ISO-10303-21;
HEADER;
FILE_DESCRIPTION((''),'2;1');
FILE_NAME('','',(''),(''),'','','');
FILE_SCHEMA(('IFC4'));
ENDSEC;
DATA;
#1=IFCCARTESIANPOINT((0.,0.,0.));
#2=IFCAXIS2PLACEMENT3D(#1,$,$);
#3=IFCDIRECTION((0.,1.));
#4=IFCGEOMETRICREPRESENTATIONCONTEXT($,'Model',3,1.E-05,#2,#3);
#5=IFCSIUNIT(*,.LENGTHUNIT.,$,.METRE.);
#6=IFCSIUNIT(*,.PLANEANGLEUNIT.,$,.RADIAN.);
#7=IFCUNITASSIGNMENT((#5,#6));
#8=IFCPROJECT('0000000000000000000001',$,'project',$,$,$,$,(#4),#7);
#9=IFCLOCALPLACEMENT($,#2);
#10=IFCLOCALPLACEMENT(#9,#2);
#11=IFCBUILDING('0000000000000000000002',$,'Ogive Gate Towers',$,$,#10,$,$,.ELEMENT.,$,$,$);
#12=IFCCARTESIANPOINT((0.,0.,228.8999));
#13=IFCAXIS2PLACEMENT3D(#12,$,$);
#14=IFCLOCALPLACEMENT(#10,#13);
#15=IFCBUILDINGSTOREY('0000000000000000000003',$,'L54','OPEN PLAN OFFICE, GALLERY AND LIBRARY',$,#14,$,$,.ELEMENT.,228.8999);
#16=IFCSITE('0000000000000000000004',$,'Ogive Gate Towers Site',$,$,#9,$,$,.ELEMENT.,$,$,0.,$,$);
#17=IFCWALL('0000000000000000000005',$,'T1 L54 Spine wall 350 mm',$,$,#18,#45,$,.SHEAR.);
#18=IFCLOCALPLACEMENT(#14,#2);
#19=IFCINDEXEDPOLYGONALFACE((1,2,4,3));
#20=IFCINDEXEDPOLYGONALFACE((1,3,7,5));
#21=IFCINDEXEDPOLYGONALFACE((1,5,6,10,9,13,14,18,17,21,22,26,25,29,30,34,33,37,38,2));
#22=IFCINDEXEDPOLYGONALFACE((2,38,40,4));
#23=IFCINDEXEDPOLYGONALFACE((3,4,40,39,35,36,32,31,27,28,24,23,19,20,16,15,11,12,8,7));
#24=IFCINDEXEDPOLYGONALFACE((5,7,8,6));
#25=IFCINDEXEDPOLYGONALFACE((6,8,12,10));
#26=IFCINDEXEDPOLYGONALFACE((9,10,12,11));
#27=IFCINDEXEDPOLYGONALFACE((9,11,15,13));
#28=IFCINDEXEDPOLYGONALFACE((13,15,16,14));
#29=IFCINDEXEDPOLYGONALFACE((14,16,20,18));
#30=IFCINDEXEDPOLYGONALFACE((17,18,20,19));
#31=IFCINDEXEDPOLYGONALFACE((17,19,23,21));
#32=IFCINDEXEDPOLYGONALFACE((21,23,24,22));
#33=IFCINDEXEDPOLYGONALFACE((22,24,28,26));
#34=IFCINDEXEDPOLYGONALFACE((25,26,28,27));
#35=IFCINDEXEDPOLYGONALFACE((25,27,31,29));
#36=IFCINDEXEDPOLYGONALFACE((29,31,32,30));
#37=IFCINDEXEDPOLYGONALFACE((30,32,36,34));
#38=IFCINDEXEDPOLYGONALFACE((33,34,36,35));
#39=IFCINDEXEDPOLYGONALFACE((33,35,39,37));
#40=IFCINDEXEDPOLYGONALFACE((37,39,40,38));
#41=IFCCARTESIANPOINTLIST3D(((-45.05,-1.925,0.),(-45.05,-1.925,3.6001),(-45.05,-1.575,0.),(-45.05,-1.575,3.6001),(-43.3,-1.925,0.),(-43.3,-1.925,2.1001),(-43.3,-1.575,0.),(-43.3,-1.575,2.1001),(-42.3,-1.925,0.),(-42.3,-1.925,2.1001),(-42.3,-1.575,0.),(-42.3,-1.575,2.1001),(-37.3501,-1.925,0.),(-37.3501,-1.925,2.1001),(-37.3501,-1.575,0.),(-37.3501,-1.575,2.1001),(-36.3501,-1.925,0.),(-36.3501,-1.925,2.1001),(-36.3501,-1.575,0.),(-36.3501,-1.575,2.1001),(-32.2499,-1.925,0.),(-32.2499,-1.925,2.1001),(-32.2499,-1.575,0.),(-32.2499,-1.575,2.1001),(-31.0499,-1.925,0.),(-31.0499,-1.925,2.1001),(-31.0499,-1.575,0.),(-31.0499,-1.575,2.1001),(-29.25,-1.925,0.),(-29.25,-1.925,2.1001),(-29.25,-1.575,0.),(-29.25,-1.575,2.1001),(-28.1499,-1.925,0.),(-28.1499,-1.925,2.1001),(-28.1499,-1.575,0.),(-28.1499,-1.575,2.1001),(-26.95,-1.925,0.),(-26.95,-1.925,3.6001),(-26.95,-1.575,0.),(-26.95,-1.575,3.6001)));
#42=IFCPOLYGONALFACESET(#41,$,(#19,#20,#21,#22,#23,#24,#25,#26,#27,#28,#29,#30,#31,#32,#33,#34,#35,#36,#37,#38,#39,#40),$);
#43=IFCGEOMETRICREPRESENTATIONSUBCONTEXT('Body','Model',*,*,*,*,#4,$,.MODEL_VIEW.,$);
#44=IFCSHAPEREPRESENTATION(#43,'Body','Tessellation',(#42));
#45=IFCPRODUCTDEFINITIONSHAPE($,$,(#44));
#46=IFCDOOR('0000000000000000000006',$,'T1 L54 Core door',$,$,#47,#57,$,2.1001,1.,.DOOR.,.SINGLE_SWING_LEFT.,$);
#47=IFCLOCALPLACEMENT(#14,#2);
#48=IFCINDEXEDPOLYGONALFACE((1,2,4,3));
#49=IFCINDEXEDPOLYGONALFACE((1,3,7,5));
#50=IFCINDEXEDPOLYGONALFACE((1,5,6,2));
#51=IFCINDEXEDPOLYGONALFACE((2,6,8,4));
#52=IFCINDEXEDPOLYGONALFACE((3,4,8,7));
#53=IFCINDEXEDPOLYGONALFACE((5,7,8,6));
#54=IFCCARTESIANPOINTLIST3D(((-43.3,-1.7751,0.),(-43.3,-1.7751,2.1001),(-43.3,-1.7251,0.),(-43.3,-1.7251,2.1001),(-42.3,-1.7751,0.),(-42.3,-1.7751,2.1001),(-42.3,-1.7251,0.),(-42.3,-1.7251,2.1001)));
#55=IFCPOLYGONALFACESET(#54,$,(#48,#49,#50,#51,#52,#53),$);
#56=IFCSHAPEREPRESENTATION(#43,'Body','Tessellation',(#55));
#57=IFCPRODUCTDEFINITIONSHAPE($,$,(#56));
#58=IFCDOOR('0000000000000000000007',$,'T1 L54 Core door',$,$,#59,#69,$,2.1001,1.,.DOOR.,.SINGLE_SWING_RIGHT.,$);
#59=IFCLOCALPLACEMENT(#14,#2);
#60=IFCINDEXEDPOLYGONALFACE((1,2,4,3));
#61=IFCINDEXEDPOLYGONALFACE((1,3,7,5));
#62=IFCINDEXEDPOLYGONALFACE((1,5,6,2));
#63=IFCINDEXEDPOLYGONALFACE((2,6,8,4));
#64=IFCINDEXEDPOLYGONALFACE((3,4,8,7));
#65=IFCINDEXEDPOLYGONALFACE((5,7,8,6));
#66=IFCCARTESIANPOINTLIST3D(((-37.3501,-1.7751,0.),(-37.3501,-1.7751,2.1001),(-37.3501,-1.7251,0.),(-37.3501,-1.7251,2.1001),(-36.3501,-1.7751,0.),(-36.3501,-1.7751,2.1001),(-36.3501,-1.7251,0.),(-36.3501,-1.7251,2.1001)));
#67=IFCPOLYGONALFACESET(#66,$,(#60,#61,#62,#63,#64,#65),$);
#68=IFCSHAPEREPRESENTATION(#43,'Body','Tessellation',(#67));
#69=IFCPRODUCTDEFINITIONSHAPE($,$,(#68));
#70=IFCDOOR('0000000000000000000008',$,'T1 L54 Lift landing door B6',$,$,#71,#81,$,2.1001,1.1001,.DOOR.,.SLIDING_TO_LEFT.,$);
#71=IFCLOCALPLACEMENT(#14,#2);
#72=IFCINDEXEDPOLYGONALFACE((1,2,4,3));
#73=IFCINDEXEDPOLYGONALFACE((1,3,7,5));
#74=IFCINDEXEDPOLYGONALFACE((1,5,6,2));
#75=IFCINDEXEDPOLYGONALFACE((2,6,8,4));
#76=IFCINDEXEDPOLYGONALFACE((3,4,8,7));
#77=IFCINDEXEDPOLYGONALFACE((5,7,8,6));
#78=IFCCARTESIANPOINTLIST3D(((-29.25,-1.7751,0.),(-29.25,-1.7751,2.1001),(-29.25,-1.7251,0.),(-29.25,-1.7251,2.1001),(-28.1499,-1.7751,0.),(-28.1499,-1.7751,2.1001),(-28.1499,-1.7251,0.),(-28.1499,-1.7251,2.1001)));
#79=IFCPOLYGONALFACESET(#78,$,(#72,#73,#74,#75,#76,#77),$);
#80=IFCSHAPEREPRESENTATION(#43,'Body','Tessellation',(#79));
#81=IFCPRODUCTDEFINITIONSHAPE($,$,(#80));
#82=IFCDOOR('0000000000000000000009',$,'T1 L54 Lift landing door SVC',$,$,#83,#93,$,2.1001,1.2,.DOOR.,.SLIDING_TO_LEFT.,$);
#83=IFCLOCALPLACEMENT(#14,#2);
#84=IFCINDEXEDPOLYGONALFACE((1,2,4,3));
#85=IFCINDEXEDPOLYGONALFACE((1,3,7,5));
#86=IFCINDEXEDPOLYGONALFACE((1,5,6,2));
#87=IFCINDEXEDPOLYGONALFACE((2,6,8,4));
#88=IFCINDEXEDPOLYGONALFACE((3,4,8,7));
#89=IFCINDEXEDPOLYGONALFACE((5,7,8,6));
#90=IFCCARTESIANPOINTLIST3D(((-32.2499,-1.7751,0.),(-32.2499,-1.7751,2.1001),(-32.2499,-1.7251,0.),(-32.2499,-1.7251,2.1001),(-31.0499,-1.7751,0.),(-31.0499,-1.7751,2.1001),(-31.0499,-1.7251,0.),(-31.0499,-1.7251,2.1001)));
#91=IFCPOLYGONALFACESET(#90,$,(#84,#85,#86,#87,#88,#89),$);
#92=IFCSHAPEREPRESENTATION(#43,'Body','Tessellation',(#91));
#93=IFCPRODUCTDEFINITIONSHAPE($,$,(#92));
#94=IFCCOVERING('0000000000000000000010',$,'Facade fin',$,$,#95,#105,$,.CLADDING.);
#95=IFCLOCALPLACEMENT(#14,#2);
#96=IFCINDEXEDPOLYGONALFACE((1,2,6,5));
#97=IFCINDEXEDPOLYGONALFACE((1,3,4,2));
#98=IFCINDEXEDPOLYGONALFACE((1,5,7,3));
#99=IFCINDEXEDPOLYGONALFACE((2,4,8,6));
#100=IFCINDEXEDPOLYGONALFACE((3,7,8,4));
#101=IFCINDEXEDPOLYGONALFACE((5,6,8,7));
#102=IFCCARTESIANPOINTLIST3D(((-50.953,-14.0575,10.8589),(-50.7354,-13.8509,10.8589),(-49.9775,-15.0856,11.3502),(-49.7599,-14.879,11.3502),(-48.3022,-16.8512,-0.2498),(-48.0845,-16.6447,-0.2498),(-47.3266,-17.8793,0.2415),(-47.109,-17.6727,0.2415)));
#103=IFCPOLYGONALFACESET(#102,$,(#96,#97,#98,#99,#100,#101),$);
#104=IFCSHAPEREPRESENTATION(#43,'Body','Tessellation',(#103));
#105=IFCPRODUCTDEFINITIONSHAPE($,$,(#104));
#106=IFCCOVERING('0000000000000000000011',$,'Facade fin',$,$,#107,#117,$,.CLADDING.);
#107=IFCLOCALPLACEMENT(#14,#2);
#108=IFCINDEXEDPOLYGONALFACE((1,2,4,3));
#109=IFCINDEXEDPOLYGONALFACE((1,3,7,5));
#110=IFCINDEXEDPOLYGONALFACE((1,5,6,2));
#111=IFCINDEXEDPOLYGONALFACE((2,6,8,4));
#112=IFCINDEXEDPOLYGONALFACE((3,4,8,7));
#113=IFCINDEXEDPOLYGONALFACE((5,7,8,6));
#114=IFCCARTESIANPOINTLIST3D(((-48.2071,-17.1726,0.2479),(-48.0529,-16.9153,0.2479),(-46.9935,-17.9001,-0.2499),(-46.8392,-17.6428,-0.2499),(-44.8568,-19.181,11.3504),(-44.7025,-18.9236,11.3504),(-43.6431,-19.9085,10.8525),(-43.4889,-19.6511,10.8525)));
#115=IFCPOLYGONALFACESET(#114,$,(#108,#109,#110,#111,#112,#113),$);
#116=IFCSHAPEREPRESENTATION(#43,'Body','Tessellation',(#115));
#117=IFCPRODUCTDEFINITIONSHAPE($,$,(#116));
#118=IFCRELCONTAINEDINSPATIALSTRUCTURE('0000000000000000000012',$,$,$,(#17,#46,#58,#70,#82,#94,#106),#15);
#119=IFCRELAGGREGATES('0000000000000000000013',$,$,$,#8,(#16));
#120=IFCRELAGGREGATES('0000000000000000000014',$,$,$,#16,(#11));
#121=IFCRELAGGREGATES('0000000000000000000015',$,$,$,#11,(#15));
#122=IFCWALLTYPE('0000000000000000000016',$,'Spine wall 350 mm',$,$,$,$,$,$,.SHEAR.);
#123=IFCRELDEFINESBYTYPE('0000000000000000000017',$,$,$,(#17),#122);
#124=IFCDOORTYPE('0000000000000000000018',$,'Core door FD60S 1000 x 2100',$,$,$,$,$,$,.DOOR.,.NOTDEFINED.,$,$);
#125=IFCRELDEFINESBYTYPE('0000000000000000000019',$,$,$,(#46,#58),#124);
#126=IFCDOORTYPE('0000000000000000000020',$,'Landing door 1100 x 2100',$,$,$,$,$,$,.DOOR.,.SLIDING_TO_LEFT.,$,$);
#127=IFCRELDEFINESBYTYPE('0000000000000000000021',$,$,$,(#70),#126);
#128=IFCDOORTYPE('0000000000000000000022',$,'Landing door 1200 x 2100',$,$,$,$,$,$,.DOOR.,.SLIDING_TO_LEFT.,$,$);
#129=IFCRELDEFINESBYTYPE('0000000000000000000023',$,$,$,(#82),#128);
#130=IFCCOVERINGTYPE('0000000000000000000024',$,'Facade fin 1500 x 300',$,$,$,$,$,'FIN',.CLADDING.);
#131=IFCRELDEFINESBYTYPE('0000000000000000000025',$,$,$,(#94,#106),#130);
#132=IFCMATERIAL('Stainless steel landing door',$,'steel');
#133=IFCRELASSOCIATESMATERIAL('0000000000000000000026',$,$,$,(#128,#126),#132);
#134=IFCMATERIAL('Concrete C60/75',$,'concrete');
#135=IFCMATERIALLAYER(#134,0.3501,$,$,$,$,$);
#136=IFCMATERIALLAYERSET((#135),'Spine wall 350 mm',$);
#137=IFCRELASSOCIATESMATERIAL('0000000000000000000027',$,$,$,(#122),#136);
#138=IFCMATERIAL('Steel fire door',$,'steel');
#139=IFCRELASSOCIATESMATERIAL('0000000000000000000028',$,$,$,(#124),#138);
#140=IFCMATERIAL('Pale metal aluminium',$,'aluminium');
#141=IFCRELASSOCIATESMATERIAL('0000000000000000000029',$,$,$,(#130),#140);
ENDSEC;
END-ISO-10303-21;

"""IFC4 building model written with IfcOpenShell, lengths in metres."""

from ifc_helpers import new_model, si_unit, direction, frame, frame_2d, origin, origin_2d, place, context, subcontext, project, spatial, rectangle, extrude, material, layer, layer_set, material_profile, profile_set, type_object, element, fill, save


model = new_model("IFC4")

# Units and contexts
model_context = context("Model", 3, precision=1e-05, world=origin(), true_north=direction((0.0, 1.0)))
body_context = subcontext(model_context, "Body", "Model", "MODEL_VIEW")
ifc_project = project(units=[si_unit("LENGTHUNIT", "METRE"), si_unit("PLANEANGLEUNIT", "RADIAN")], contexts=[model_context])

# Site, building, storey
site_placement = place(None, origin())
site = spatial("IfcSite", under=ifc_project, at=site_placement, Name="Ogive Gate Towers Site", CompositionType="ELEMENT", RefElevation=0.0)
building_placement = place(site_placement, origin())
building = spatial("IfcBuilding", under=site, at=building_placement, Name="Ogive Gate Towers", CompositionType="ELEMENT")
storey_placement = place(building_placement, frame((0.0, 0.0, 228.8999)))
storey = spatial("IfcBuildingStorey", under=building, at=storey_placement, Name="L54", Description="OPEN PLAN OFFICE, GALLERY AND LIBRARY", CompositionType="ELEMENT", Elevation=228.8999)

# Shared definitions
ifc_material_1 = material(Name="Pale metal aluminium", Category="aluminium")

# Shared definitions
ifc_material_2 = material(Name="Concrete C60/75", Category="concrete")
ifc_material_3 = material(Name="Steel fire door", Category="steel")

# Shared definitions
ifc_material_4 = material(Name="Stainless steel landing door", Category="steel")
door_type_1 = type_object("IfcDoorType", Name="Landing door 1200 x 2100", OperationType="SLIDING_TO_LEFT", PredefinedType="DOOR", material=ifc_material_4)

# Wall, openings, doors
ifc_layer_1 = layer(ifc_material_2, 0.3501)
ifc_layer_set_1 = layer_set([ifc_layer_1], Name="Spine wall 350 mm")
wall_type_1 = type_object("IfcWallType", Name="Spine wall 350 mm", PredefinedType="SHEAR", material=ifc_layer_set_1)
wall_1_placement = place(storey_placement, frame((-45.05, -1.75, 0.0), z_axis=(0.0, 0.0, 1.0), x_axis=(1.0, 0.0, 0.0)))
wall_1 = element("IfcWall", 1, at=wall_1_placement, inside=storey, type_object=wall_type_1, Name="T1 L54 Spine wall 350 mm", PredefinedType="SHEAR", context=body_context, shape_type="SweptSolid", body=[
    extrude(rectangle(XDim=18.1001, YDim=0.3501, at=frame_2d((9.05, 0.0))), origin(), (0.0, 0.0, 1.0), 3.6001),
])
opening_1_placement = place(wall_1_placement, frame((12.8, 0.0, 0.0)))
opening_1 = element("IfcOpeningElement", 2, at=opening_1_placement, cuts=wall_1, PredefinedType="OPENING", context=body_context, shape_type="SweptSolid", body=[
    extrude(rectangle(XDim=1.2, YDim=2.1001, at=frame_2d((0.6001, 1.05))), frame((0.0, 0.1851, 0.0), z_axis=(0.0, -1.0, 0.0), x_axis=(1.0, 0.0, 0.0)), (0.0, 0.0, 1.0), 0.3701),
])
opening_2_placement = place(wall_1_placement, frame((15.8, 0.0, 0.0)))
opening_2 = element("IfcOpeningElement", 3, at=opening_2_placement, cuts=wall_1, PredefinedType="OPENING", context=body_context, shape_type="SweptSolid", body=[
    extrude(rectangle(XDim=1.1001, YDim=2.1001, at=frame_2d((0.55, 1.05))), frame((0.0, 0.1851, 0.0), z_axis=(0.0, -1.0, 0.0), x_axis=(1.0, 0.0, 0.0)), (0.0, 0.0, 1.0), 0.3701),
])
opening_3_placement = place(wall_1_placement, frame((1.75, 0.0, 0.0)))
opening_3 = element("IfcOpeningElement", 4, at=opening_3_placement, cuts=wall_1, PredefinedType="OPENING", context=body_context, shape_type="SweptSolid", body=[
    extrude(rectangle(XDim=1.0, YDim=2.1001, at=frame_2d((0.5, 1.05))), frame((0.0, 0.1851, 0.0), z_axis=(0.0, -1.0, 0.0), x_axis=(1.0, 0.0, 0.0)), (0.0, 0.0, 1.0), 0.3701),
])
opening_4_placement = place(wall_1_placement, frame((7.7, 0.0, 0.0)))
opening_4 = element("IfcOpeningElement", 5, at=opening_4_placement, cuts=wall_1, PredefinedType="OPENING", context=body_context, shape_type="SweptSolid", body=[
    extrude(rectangle(XDim=1.0, YDim=2.1001, at=frame_2d((0.5, 1.05))), frame((0.0, 0.1851, 0.0), z_axis=(0.0, -1.0, 0.0), x_axis=(1.0, 0.0, 0.0)), (0.0, 0.0, 1.0), 0.3701),
])
door_type_2 = type_object("IfcDoorType", Name="Core door FD60S 1000 x 2100", OperationType="NOTDEFINED", PredefinedType="DOOR", material=ifc_material_3)
door_1_placement = place(opening_3_placement, origin())
door_1 = element("IfcDoor", 6, at=door_1_placement, inside=storey, type_object=door_type_2, Name="T1 L54 Core door", OperationType="SINGLE_SWING_LEFT", OverallHeight=2.1001, OverallWidth=1.0, PredefinedType="DOOR", context=body_context, shape_type="SweptSolid", body=[
    extrude(rectangle(XDim=1.0, YDim=2.1001, at=frame_2d((0.5, 1.05))), frame((0.0, 0.0249, 0.0), z_axis=(0.0, -1.0, 0.0), x_axis=(1.0, 0.0, 0.0)), (0.0, 0.0, 1.0), 0.05),
])
fill(opening_3, door_1)
door_2_placement = place(opening_4_placement, origin())
door_2 = element("IfcDoor", 7, at=door_2_placement, inside=storey, type_object=door_type_2, Name="T1 L54 Core door", OperationType="SINGLE_SWING_RIGHT", OverallHeight=2.1001, OverallWidth=1.0, PredefinedType="DOOR", context=body_context, shape_type="SweptSolid", body=[
    extrude(rectangle(XDim=1.0, YDim=2.1001, at=frame_2d((0.5, 1.05))), frame((0.0, 0.0249, 0.0), z_axis=(0.0, -1.0, 0.0), x_axis=(1.0, 0.0, 0.0)), (0.0, 0.0, 1.0), 0.05),
])
fill(opening_4, door_2)
door_type_3 = type_object("IfcDoorType", Name="Landing door 1100 x 2100", OperationType="SLIDING_TO_LEFT", PredefinedType="DOOR", material=ifc_material_4)
door_3_placement = place(opening_2_placement, origin())
door_3 = element("IfcDoor", 8, at=door_3_placement, inside=storey, type_object=door_type_3, Name="T1 L54 Lift landing door B6", OperationType="SLIDING_TO_LEFT", OverallHeight=2.1001, OverallWidth=1.1001, PredefinedType="DOOR", context=body_context, shape_type="SweptSolid", body=[
    extrude(rectangle(XDim=1.1001, YDim=2.1001, at=frame_2d((0.55, 1.05))), frame((0.0, 0.0249, 0.0), z_axis=(0.0, -1.0, 0.0), x_axis=(1.0, 0.0, 0.0)), (0.0, 0.0, 1.0), 0.05),
])
fill(opening_2, door_3)
door_4_placement = place(opening_1_placement, origin())
door_4 = element("IfcDoor", 9, at=door_4_placement, inside=storey, type_object=door_type_1, Name="T1 L54 Lift landing door SVC", OperationType="SLIDING_TO_LEFT", OverallHeight=2.1001, OverallWidth=1.2, PredefinedType="DOOR", context=body_context, shape_type="SweptSolid", body=[
    extrude(rectangle(XDim=1.2, YDim=2.1001, at=frame_2d((0.6001, 1.05))), frame((0.0, 0.0249, 0.0), z_axis=(0.0, -1.0, 0.0), x_axis=(1.0, 0.0, 0.0)), (0.0, 0.0, 1.0), 0.05),
])
fill(opening_1, door_4)

# Coverings
ifc_material_profile_1 = material_profile(ifc_material_1, rectangle(XDim=0.3, YDim=1.5, at=origin_2d()), Name="1500 x 300 pale metal aluminium")
ifc_profile_set_1 = profile_set([ifc_material_profile_1], Name="Pale metal aluminium")
covering_type = type_object("IfcCoveringType", Name="Facade fin 1500 x 300", ElementType="FIN", PredefinedType="CLADDING", material=ifc_profile_set_1)
covering_1_placement = place(storey_placement, frame((-47.7056, -17.262, -0.0042), z_axis=(-0.225467, 0.237614, 0.94483), x_axis=(-0.725406, -0.688321, 0.0)))
element("IfcCovering", 10, at=covering_1_placement, inside=storey, type_object=covering_type, Name="Facade fin", PredefinedType="CLADDING", context=body_context, shape_type="SweptSolid", body=[
    extrude(rectangle(XDim=0.3, YDim=1.5, at=origin_2d()), origin(), (0.0, 0.0, 1.0), 11.7573),
])
covering_2_placement = place(storey_placement, frame((-47.5232, -17.4077, -0.001), z_axis=(0.284665, -0.170637, 0.943318), x_axis=(0.514137, 0.857708, 0.0)))
element("IfcCovering", 11, at=covering_2_placement, inside=storey, type_object=covering_type, Name="Facade fin", PredefinedType="CLADDING", context=body_context, shape_type="SweptSolid", body=[
    extrude(rectangle(XDim=0.3, YDim=1.5, at=origin_2d()), origin(), (0.0, 0.0, 1.0), 11.7695),
])

save(model, "model.ifc")
